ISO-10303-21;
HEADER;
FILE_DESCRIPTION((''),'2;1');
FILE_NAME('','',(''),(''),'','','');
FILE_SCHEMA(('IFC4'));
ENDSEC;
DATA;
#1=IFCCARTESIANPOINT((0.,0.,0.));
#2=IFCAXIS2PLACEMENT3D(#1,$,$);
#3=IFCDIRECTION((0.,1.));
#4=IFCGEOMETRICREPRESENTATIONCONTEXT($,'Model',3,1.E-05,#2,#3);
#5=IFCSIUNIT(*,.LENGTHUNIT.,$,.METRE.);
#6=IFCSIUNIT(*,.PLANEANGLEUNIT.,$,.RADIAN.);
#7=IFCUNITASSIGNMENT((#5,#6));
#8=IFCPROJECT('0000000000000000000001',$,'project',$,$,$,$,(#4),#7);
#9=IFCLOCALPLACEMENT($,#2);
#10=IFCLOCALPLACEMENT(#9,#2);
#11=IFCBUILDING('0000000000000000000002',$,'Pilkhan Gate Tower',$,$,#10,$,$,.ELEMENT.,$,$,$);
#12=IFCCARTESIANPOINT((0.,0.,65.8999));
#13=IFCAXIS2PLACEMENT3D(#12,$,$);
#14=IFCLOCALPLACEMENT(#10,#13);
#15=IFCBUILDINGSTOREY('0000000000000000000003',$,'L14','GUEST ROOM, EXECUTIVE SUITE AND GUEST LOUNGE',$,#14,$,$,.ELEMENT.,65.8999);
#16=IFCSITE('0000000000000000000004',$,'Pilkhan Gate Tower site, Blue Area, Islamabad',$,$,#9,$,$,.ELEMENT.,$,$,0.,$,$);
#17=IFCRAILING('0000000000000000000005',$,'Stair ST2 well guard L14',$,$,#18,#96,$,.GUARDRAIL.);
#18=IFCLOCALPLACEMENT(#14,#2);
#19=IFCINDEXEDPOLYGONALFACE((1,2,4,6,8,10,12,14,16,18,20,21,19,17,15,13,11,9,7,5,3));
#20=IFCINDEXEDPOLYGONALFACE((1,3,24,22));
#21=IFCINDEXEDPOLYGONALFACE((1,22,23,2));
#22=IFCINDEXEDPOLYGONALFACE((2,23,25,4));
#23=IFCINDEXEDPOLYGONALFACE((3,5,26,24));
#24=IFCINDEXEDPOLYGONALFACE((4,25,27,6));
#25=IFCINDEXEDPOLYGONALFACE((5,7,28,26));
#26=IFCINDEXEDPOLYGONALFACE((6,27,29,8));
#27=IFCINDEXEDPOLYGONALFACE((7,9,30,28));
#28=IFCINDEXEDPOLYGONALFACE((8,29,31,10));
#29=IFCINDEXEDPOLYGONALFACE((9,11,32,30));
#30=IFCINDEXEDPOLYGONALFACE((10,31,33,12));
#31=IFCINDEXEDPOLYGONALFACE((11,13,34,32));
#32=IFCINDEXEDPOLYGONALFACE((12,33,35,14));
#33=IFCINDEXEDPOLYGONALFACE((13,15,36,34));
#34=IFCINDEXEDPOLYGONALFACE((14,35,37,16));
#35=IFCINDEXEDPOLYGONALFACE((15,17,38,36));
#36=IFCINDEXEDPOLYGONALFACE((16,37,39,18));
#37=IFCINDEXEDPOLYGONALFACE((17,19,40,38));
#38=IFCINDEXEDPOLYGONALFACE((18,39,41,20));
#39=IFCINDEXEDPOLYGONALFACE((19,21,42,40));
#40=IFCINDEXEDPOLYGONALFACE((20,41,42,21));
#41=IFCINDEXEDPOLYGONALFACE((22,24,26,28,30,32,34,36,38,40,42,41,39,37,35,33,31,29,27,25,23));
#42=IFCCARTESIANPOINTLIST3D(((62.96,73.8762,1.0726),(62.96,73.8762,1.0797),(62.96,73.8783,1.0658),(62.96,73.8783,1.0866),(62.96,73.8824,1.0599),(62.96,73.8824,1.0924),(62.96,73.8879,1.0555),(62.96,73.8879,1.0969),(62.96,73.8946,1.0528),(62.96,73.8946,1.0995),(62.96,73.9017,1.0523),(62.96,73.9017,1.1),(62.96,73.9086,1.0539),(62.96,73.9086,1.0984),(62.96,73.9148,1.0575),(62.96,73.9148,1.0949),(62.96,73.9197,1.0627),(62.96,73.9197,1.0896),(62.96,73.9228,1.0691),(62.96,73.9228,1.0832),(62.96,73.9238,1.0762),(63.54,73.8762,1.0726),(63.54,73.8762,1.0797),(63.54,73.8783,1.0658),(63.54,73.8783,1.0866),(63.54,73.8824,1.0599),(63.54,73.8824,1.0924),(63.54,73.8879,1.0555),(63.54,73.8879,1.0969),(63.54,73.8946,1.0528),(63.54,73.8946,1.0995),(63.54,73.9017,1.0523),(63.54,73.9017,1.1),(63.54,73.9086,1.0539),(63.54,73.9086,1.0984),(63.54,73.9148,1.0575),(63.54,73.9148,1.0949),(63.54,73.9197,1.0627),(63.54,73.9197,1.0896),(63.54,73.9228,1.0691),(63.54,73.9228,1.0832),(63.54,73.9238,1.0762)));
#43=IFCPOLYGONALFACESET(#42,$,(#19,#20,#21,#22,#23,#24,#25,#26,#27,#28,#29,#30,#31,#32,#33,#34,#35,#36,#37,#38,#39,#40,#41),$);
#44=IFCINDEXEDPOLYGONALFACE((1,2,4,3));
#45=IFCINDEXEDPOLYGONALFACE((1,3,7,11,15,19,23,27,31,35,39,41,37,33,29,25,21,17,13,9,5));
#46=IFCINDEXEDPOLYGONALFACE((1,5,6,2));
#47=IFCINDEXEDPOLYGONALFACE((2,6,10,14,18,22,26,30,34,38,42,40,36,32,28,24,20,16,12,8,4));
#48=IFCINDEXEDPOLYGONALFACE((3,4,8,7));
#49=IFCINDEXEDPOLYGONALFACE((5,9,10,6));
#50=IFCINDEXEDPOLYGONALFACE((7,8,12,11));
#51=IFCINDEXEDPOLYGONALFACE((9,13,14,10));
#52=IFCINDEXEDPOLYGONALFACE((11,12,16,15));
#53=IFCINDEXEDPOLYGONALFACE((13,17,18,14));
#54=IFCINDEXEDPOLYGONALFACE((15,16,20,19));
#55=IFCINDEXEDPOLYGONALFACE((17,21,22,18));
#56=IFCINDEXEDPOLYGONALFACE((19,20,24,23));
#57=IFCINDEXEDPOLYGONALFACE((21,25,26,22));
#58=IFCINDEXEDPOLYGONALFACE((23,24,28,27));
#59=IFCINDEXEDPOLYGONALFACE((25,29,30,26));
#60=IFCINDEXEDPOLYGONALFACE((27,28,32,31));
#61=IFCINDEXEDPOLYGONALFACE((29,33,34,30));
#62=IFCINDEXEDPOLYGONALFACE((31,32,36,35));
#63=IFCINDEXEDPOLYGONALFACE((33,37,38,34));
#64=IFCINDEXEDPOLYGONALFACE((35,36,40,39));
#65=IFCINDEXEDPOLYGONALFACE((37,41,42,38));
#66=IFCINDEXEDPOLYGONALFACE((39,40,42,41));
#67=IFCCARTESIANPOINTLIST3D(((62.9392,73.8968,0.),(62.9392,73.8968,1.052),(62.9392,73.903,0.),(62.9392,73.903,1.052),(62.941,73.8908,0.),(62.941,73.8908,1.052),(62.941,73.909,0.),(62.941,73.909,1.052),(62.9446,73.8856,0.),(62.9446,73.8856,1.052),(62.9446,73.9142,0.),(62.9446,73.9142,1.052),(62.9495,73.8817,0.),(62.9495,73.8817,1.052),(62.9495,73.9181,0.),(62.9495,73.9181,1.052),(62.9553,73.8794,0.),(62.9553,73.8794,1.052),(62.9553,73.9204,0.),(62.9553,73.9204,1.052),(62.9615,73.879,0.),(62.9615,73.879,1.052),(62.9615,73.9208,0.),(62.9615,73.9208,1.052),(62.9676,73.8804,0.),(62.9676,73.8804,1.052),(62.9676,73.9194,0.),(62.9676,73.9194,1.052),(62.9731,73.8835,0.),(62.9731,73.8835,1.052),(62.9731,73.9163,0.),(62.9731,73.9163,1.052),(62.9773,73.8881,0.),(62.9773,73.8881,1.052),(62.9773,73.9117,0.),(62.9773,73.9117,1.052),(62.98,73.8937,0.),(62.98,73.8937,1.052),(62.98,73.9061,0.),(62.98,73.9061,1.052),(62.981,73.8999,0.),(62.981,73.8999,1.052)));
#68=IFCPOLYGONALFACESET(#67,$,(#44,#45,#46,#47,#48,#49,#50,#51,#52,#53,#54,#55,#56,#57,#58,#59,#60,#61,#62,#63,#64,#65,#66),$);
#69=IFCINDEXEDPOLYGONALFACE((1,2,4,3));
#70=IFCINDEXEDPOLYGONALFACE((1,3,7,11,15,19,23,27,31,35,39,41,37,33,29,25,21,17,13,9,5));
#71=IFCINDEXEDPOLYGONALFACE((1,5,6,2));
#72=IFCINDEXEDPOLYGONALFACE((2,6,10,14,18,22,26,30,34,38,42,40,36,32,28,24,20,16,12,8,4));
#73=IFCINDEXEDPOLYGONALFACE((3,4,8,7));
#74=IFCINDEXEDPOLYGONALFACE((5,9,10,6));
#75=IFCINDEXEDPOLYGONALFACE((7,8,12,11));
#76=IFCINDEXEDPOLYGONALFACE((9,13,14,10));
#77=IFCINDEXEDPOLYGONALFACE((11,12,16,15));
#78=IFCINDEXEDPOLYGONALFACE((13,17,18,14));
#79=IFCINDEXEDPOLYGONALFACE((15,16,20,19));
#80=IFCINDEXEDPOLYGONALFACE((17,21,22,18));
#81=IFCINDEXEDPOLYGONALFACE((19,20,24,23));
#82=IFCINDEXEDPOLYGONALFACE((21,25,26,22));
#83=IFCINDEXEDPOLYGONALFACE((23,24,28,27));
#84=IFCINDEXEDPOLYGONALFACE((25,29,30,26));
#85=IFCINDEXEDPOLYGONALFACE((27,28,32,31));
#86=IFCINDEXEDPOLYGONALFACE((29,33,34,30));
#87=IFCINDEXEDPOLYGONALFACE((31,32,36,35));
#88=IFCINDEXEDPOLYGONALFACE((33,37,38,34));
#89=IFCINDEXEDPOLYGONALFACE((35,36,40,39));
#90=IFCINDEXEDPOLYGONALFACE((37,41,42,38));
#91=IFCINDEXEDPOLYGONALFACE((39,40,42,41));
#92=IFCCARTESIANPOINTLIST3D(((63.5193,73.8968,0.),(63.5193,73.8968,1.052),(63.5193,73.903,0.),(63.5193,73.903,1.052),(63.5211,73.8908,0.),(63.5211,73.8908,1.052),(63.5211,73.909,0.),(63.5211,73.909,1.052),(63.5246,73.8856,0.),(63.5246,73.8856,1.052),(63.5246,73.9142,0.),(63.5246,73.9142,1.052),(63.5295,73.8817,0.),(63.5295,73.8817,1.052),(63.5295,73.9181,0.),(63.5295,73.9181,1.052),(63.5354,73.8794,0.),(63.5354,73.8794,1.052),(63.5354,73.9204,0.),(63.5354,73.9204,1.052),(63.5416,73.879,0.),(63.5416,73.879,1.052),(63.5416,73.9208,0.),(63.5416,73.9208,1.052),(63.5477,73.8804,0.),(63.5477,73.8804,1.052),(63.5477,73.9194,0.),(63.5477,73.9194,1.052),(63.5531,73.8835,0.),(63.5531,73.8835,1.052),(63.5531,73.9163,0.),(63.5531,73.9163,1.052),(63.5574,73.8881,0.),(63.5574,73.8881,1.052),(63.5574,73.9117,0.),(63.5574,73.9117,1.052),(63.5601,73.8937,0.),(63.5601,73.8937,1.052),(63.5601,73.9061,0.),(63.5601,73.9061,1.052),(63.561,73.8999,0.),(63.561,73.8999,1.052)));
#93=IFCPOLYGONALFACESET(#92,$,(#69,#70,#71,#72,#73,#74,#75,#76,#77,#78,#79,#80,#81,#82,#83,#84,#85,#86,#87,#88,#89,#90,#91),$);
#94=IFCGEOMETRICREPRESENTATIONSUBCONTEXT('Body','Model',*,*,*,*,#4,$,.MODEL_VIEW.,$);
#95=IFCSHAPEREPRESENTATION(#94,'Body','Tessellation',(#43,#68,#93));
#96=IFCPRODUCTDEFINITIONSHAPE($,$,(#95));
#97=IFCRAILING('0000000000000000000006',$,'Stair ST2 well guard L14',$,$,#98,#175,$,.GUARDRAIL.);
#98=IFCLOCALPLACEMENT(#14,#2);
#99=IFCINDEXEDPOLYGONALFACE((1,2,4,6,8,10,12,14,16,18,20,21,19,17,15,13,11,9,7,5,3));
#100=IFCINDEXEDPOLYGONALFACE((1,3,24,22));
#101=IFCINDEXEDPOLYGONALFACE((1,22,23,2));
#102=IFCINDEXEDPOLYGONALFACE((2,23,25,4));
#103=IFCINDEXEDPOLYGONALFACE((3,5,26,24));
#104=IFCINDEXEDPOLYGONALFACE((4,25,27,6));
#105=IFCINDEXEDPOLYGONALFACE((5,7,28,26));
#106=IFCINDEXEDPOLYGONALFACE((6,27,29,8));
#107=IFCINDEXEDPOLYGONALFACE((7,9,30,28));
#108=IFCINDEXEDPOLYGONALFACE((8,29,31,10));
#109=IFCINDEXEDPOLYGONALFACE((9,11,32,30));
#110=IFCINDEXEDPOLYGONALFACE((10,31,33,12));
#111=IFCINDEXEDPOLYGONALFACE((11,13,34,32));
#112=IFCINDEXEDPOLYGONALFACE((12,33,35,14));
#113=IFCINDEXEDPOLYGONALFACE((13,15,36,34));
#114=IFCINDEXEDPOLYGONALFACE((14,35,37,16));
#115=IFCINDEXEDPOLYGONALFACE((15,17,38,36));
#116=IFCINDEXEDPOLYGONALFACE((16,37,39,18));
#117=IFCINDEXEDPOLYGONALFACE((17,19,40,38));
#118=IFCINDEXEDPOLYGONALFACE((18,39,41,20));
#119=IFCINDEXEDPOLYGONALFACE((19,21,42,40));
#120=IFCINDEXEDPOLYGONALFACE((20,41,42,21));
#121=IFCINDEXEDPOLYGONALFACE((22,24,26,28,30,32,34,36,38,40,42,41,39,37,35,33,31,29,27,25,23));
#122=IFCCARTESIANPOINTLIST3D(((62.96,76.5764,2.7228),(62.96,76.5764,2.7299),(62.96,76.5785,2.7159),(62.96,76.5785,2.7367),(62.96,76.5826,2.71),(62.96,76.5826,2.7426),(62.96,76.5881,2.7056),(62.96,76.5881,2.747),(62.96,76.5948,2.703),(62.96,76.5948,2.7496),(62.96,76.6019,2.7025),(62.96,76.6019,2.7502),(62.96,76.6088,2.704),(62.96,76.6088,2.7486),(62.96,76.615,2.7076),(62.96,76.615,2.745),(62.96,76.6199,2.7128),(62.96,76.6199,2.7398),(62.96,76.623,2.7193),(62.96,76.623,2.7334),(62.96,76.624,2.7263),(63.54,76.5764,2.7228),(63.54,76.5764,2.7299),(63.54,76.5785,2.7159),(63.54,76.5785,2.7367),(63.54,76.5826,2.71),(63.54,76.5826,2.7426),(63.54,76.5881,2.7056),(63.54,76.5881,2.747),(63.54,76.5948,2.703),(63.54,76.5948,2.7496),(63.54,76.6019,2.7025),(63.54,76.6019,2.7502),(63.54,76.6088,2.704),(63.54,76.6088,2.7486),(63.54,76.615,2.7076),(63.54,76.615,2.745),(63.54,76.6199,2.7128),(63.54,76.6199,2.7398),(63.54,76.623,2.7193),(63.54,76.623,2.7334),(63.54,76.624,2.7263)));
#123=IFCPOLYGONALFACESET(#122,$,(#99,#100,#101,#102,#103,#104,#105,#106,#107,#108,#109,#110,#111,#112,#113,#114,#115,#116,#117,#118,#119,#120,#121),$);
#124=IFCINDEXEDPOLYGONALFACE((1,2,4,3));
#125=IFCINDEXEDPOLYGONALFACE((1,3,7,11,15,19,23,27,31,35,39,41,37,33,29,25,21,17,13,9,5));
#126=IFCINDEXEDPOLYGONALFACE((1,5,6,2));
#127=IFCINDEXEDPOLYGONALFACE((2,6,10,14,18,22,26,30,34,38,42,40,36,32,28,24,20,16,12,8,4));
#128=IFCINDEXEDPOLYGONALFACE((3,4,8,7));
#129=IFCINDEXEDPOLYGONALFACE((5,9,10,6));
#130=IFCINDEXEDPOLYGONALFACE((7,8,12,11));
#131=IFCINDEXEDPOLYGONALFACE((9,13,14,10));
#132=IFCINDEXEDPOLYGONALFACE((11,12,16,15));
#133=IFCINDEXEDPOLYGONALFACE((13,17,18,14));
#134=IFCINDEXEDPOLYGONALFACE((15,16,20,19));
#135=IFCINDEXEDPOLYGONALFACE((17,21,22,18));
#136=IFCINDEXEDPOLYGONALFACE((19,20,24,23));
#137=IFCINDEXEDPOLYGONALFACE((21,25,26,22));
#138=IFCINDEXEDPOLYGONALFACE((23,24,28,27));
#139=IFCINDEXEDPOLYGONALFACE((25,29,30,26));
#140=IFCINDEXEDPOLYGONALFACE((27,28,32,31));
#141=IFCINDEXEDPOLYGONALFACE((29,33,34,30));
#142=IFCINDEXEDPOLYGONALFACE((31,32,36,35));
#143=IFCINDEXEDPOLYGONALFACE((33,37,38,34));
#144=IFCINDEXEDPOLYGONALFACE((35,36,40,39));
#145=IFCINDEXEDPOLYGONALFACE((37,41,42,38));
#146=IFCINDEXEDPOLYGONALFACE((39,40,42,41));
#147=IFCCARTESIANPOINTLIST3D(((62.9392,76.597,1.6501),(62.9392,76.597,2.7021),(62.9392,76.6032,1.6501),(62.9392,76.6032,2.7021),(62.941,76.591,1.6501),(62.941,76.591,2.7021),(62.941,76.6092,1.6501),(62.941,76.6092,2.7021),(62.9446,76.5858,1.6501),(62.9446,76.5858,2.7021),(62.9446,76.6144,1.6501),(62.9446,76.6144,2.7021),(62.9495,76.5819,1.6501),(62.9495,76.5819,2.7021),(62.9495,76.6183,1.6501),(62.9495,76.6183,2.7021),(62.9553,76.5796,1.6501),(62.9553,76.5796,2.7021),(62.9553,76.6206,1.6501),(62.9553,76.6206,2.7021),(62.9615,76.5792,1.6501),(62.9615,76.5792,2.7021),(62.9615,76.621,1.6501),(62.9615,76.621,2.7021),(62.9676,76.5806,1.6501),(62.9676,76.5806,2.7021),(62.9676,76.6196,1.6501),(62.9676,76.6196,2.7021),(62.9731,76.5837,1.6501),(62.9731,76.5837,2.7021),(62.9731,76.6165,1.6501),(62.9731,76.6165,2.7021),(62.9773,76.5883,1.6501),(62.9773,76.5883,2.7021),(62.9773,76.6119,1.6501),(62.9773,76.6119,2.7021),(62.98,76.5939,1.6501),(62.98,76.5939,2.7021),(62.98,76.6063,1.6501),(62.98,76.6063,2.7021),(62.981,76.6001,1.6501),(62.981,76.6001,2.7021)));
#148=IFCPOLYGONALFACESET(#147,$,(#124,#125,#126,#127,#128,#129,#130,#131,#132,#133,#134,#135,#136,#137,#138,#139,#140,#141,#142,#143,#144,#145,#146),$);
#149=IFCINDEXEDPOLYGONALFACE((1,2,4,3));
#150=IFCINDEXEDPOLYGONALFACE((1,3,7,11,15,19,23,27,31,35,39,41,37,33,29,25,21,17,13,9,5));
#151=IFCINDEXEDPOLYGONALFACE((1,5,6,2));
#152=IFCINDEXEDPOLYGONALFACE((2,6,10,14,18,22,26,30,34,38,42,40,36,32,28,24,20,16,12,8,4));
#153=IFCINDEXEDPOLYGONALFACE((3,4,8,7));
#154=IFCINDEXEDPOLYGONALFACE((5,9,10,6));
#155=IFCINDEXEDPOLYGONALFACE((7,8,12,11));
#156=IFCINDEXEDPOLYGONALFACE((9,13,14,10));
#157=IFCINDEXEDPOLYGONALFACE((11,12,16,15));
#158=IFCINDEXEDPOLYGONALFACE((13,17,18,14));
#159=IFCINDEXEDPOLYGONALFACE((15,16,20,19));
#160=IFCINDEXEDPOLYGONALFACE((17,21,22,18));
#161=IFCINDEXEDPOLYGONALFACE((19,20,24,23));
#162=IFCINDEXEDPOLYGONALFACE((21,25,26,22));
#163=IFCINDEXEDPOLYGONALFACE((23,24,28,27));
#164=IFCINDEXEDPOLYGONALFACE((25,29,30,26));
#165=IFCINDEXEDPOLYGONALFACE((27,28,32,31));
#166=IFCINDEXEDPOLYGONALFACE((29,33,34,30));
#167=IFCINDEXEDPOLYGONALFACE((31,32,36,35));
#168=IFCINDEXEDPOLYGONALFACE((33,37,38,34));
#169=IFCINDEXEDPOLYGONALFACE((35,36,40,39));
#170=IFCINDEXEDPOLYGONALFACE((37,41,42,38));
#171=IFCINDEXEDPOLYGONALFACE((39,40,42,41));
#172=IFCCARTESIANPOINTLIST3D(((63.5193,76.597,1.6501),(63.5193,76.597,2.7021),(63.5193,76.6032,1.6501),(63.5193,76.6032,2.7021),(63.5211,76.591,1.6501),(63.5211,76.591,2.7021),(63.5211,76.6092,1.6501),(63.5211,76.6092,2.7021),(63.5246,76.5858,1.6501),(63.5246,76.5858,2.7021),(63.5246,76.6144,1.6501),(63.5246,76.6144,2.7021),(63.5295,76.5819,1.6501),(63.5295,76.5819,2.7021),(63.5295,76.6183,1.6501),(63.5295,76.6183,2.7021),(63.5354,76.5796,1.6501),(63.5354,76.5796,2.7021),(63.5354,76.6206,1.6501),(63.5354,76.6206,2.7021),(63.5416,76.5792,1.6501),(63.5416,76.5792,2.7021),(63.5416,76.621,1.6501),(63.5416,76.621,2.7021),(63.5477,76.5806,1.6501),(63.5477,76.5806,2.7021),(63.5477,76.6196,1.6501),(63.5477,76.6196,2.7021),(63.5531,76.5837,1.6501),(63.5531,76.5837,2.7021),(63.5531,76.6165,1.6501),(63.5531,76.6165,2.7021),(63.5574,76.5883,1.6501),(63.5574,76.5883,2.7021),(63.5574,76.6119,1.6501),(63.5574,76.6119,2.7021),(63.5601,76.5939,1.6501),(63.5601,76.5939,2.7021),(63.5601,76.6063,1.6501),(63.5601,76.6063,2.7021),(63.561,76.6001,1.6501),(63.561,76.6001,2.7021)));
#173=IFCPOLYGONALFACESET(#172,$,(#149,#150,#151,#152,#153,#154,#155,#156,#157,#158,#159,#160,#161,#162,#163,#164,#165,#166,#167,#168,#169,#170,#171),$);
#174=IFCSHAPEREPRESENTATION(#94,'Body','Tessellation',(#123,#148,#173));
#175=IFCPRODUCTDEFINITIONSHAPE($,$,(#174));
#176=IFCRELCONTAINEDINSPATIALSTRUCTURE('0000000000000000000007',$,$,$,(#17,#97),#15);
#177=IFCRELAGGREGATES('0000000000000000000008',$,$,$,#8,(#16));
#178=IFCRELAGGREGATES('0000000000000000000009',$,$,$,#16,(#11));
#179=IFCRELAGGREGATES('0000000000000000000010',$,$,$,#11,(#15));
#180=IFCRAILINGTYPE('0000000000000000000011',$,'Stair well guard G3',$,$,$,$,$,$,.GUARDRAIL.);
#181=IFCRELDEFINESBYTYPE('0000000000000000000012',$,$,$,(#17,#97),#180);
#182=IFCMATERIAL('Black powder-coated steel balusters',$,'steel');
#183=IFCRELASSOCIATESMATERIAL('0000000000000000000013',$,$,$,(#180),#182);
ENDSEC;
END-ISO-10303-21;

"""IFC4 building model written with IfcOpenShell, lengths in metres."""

from ifc_helpers import new_model, si_unit, direction, frame, origin, origin_2d, place, context, subcontext, project, spatial, circle, extrude, material, type_object, element, save


model = new_model("IFC4")

# Units and contexts
model_context = context("Model", 3, precision=1e-05, world=origin(), true_north=direction((0.0, 1.0)))
body_context = subcontext(model_context, "Body", "Model", "MODEL_VIEW")
ifc_project = project(units=[si_unit("LENGTHUNIT", "METRE"), si_unit("PLANEANGLEUNIT", "RADIAN")], contexts=[model_context])

# Site, building, storey
site_placement = place(None, origin())
site = spatial("IfcSite", under=ifc_project, at=site_placement, Name="Pilkhan Gate Tower site, Blue Area, Islamabad", CompositionType="ELEMENT", RefElevation=0.0)
building_placement = place(site_placement, origin())
building = spatial("IfcBuilding", under=site, at=building_placement, Name="Pilkhan Gate Tower", CompositionType="ELEMENT")
storey_placement = place(building_placement, frame((0.0, 0.0, 65.8999)))
storey = spatial("IfcBuildingStorey", under=building, at=storey_placement, Name="L14", Description="GUEST ROOM, EXECUTIVE SUITE AND GUEST LOUNGE", CompositionType="ELEMENT", Elevation=65.8999)

# Railings
ifc_material_1 = material(Name="Black powder-coated steel balusters", Category="steel")
railing_type_1 = type_object("IfcRailingType", Name="Stair well guard G3", PredefinedType="GUARDRAIL", material=ifc_material_1)
for number, where, name in (
    (1, (62.96, 73.8999, 0.0), "Stair ST2 well guard L14"),
    (2, (62.96, 76.6001, 1.6501), "Stair ST2 well guard L14"),
):
    element("IfcRailing", number, at=place(storey_placement, frame(where)), inside=storey, type_object=railing_type_1, Name=name, PredefinedType="GUARDRAIL", context=body_context, shape_type="SweptSolid", body=[
        extrude(circle(Radius=0.0239, at=origin_2d()), frame((0.0, 0.0, 1.0762), z_axis=(1.0, 0.0, 0.0), x_axis=(0.0, 1.0, 0.0)), (0.0, 0.0, 1.0), 0.5801),
        extrude(circle(Radius=0.021, at=origin_2d()), origin(), (0.0, 0.0, 1.0), 1.052),
        extrude(circle(Radius=0.021, at=origin_2d()), frame((0.5801, 0.0, 0.0)), (0.0, 0.0, 1.0), 1.052),
    ])

save(model, "model.ifc")
